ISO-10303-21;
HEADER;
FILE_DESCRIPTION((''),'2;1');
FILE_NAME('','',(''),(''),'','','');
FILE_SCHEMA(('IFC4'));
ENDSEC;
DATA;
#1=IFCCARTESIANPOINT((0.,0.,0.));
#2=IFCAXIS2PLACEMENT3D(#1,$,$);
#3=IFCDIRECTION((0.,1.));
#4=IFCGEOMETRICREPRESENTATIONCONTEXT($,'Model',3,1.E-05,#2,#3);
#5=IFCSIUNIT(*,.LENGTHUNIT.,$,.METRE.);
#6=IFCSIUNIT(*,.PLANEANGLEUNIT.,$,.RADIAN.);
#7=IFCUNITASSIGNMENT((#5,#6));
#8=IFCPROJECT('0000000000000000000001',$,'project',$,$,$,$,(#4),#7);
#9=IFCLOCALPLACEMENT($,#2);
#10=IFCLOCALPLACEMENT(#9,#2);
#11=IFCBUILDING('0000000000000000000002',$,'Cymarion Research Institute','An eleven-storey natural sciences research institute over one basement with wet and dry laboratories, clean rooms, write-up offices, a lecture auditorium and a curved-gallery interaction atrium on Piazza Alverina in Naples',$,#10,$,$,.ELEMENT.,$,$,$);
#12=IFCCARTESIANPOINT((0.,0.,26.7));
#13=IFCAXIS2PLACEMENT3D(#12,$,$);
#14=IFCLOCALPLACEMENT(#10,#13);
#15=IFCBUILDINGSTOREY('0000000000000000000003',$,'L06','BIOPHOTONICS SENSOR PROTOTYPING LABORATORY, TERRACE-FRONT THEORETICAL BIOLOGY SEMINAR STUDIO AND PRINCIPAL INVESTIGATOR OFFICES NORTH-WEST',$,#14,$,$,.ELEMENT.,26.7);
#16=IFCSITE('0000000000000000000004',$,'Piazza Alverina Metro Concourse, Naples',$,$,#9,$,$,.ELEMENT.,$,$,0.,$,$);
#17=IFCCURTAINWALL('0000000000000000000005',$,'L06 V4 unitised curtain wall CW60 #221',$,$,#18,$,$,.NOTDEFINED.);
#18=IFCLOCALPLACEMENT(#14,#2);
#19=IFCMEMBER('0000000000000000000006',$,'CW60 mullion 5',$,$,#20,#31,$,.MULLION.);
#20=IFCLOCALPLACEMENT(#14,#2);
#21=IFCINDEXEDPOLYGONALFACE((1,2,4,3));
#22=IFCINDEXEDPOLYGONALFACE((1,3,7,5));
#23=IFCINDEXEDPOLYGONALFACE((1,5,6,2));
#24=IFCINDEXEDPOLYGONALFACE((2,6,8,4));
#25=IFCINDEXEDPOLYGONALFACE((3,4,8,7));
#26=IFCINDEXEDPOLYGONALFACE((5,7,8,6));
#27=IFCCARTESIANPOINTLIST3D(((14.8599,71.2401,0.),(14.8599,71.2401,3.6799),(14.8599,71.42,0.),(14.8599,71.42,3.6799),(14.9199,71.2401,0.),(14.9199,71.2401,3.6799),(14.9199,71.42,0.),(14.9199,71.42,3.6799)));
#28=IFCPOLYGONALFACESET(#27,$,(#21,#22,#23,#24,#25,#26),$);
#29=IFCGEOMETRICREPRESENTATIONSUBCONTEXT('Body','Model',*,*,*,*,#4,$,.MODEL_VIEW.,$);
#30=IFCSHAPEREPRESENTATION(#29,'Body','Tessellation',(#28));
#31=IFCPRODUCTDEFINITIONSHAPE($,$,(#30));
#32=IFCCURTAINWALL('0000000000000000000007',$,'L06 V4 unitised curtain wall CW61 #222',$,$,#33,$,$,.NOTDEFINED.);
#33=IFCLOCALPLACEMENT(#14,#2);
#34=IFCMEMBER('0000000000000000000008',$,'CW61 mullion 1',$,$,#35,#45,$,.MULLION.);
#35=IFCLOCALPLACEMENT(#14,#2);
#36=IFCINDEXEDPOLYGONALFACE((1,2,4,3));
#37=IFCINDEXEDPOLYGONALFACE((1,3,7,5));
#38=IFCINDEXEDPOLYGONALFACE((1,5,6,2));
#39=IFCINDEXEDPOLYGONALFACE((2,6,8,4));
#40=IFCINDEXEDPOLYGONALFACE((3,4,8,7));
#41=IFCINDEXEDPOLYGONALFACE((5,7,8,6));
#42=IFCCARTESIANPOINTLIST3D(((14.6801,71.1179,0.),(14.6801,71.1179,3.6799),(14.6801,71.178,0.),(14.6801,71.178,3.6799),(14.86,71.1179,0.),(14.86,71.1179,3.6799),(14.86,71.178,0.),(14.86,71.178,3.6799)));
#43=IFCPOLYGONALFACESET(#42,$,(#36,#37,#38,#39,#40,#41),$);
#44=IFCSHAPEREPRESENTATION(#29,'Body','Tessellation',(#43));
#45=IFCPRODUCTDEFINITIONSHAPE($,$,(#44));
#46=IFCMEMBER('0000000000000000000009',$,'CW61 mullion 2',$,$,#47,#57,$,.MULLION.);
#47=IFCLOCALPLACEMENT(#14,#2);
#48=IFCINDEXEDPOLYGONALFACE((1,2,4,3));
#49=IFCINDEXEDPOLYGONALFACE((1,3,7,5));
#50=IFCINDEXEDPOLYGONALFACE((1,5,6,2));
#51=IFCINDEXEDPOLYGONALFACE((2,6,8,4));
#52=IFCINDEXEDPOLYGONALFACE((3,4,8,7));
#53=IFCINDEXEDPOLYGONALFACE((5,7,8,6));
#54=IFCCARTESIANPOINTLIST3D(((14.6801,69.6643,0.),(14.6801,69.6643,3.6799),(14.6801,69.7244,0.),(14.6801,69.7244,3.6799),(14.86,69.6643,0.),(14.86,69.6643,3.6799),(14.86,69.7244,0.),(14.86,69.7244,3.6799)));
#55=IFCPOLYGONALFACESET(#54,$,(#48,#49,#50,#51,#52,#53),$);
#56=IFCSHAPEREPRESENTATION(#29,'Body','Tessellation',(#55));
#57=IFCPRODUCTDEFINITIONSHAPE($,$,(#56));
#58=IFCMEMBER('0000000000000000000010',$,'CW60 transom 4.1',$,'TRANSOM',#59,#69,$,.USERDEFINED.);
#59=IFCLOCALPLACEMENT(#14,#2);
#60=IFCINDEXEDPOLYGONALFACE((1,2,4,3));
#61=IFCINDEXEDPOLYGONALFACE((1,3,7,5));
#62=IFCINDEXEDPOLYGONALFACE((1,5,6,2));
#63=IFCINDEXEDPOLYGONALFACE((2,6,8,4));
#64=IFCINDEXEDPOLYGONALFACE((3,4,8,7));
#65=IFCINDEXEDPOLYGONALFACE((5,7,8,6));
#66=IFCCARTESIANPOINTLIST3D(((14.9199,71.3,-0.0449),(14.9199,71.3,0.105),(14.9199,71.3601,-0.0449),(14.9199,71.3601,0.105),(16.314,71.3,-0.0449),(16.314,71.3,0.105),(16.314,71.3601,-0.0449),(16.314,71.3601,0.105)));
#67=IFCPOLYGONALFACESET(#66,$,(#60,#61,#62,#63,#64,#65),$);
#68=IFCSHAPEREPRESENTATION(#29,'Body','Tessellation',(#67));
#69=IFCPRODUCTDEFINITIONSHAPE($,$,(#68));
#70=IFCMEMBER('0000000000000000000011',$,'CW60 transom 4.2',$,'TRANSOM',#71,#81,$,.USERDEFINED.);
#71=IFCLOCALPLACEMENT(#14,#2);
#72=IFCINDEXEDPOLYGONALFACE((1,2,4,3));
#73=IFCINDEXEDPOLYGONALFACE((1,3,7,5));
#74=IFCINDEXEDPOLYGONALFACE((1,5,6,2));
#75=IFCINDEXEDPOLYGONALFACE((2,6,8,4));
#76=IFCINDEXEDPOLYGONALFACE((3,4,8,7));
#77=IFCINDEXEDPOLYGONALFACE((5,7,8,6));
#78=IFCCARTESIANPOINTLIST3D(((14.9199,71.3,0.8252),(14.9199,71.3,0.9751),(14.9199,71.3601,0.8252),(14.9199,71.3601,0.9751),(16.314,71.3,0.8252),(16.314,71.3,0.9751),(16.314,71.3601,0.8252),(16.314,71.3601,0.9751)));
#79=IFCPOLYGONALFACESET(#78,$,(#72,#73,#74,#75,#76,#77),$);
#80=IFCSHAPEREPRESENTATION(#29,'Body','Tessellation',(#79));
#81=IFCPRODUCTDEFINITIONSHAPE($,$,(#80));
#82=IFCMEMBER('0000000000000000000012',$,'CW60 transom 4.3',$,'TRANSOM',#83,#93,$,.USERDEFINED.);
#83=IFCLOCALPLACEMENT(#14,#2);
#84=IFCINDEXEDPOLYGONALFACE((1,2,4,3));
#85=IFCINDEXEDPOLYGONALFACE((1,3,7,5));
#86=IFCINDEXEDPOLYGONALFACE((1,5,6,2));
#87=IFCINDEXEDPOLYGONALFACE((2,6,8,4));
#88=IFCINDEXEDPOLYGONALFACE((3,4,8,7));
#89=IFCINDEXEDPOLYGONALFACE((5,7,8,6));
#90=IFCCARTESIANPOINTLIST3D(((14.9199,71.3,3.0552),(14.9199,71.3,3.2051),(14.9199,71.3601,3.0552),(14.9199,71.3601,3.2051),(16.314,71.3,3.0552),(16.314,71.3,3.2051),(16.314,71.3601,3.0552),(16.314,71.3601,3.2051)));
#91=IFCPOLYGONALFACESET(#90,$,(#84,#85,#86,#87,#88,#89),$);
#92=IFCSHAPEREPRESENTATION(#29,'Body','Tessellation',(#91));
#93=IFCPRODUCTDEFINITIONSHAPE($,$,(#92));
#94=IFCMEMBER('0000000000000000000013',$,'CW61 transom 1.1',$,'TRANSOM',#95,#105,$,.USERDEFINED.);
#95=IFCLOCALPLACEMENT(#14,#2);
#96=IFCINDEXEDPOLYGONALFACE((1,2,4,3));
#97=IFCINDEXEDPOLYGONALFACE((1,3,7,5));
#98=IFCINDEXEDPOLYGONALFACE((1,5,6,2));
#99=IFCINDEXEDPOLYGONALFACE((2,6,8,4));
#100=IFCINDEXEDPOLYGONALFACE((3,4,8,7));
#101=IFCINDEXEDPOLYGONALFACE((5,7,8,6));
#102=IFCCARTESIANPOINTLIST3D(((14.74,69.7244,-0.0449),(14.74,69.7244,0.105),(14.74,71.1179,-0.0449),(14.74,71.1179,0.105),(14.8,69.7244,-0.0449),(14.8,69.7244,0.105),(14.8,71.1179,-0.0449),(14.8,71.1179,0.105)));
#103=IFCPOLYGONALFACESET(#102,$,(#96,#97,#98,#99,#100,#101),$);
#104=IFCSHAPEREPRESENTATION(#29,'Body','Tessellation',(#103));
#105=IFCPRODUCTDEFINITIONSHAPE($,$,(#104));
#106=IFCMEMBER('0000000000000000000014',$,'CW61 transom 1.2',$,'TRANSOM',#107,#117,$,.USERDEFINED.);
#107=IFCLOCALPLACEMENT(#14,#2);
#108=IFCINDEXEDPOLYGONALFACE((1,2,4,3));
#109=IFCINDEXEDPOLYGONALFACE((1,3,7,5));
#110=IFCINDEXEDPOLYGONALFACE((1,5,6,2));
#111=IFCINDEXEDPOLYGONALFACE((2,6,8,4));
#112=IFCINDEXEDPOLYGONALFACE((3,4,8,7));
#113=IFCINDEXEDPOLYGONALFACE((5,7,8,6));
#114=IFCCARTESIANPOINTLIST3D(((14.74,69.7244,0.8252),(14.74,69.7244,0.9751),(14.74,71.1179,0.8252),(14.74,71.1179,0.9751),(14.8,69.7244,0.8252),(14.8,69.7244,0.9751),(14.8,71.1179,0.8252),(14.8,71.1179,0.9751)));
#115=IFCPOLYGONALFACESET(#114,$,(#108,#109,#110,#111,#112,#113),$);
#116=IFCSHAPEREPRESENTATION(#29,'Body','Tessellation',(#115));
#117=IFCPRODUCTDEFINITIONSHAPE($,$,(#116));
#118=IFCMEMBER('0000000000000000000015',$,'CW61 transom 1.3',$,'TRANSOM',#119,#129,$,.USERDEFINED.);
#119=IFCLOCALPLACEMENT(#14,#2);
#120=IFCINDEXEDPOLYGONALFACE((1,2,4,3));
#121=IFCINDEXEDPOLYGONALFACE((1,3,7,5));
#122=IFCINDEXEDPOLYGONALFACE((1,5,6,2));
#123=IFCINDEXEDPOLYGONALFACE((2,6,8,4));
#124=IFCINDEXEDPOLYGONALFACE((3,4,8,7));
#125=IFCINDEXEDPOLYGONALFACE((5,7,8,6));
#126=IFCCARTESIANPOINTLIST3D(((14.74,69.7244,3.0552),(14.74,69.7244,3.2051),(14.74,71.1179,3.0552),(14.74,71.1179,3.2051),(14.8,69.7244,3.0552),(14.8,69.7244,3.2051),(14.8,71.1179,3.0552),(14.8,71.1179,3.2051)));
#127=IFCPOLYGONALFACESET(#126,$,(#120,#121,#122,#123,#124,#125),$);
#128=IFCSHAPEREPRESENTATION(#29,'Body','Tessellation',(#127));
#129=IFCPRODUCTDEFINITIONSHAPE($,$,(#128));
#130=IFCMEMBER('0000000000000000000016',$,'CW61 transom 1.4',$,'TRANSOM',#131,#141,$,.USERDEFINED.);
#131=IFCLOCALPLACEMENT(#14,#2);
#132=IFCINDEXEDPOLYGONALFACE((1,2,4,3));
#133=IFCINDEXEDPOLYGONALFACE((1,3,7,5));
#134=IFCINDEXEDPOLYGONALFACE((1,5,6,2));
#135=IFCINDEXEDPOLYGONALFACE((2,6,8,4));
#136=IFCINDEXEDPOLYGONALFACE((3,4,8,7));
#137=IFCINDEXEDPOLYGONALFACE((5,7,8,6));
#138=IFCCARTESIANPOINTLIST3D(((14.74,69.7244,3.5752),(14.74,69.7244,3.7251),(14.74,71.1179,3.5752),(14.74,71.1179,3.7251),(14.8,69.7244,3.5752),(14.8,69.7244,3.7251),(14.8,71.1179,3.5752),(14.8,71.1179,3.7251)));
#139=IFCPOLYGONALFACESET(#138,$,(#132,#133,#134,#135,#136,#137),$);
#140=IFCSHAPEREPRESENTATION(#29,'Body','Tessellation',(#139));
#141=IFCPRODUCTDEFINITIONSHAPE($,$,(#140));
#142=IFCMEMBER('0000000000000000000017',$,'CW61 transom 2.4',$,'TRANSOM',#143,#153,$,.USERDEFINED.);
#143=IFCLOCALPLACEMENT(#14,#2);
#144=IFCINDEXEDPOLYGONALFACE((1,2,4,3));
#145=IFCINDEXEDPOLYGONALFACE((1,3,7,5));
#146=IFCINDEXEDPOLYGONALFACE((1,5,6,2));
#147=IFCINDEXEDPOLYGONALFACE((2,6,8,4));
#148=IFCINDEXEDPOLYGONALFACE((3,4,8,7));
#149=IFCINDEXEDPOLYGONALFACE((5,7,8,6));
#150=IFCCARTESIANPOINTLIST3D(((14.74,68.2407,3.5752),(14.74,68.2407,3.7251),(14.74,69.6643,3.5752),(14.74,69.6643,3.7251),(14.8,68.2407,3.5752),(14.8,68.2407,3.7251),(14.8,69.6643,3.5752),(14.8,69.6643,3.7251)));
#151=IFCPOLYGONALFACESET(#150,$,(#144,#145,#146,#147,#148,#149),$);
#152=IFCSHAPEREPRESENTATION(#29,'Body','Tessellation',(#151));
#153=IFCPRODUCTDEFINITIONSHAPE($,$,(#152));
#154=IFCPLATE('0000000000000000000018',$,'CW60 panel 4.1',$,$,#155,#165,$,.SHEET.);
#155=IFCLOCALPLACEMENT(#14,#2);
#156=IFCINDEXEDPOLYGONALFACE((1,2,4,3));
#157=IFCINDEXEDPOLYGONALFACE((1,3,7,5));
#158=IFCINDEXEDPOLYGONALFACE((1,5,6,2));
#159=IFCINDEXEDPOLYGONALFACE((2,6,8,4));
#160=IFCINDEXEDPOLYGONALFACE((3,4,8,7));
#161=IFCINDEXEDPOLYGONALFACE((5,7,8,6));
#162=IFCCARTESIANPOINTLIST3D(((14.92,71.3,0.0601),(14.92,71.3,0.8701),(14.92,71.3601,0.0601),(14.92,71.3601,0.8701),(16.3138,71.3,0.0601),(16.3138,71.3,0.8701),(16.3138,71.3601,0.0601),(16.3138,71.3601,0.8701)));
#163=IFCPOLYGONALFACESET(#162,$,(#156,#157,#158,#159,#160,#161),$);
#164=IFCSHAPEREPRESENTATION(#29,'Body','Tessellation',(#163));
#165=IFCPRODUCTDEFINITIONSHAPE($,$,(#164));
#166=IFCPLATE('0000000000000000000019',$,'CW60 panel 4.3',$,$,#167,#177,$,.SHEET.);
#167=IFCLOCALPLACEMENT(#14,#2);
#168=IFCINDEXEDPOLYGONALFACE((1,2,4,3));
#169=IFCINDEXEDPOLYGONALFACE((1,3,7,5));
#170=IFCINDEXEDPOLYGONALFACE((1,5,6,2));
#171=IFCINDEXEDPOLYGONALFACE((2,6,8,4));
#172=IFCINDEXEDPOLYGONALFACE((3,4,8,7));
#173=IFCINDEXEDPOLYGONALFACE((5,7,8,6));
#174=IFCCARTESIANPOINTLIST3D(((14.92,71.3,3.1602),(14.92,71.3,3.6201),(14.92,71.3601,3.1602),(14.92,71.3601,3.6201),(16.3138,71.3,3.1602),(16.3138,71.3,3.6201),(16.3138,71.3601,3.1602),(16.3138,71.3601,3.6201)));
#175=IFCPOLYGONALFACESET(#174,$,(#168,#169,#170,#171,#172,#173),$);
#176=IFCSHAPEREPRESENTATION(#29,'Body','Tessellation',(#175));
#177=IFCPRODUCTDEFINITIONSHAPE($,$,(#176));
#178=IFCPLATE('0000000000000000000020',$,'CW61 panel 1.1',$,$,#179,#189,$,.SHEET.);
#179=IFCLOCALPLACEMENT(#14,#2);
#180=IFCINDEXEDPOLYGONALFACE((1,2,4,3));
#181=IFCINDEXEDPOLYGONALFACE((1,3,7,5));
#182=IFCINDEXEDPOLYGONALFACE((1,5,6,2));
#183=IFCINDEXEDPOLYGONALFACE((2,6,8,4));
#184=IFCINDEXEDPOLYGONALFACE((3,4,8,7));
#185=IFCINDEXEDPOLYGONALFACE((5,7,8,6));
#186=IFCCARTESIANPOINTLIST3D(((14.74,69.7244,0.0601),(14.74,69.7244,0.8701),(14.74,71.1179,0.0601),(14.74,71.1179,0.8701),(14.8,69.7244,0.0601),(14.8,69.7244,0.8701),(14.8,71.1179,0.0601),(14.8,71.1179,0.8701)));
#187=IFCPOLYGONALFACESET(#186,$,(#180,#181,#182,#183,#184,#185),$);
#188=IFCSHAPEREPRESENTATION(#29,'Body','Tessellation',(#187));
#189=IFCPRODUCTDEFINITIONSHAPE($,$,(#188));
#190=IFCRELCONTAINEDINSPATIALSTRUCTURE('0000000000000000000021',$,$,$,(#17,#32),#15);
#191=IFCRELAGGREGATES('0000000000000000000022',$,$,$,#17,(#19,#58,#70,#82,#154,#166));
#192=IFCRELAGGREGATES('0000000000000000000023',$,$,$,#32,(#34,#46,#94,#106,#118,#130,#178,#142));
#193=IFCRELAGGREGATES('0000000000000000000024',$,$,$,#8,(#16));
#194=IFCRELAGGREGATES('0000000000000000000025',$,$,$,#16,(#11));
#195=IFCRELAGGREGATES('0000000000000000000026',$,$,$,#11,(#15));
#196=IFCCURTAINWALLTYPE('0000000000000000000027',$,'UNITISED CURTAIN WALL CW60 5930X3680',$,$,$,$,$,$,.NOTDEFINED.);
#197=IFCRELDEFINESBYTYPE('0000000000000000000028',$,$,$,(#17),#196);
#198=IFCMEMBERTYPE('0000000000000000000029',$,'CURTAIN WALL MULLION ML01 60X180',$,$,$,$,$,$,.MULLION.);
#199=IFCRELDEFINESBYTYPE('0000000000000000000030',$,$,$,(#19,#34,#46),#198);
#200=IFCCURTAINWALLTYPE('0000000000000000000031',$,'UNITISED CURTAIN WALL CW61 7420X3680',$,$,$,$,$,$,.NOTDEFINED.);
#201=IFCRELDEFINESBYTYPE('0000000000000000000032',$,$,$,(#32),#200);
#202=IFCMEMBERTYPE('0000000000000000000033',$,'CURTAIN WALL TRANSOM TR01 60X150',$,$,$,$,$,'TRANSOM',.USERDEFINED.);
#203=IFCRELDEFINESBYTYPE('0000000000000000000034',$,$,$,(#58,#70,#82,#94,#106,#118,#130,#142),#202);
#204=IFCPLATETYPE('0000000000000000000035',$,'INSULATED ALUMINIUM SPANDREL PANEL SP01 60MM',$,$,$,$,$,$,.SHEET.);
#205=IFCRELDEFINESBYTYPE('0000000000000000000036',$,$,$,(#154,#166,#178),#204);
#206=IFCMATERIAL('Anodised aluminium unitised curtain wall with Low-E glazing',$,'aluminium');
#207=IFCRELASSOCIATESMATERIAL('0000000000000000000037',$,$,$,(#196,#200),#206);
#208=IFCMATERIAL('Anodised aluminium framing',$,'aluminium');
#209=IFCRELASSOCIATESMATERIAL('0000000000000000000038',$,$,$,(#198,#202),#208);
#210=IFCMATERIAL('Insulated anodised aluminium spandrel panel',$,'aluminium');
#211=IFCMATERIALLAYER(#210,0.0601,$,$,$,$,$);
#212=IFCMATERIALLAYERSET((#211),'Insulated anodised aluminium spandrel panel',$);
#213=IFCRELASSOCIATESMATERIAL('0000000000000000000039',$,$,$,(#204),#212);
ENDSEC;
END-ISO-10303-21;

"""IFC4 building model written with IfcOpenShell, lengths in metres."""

from ifc_helpers import new_model, si_unit, direction, frame, origin, origin_2d, place, context, subcontext, project, spatial, rectangle, extrude, material, layer, layer_set, material_profile, profile_set, type_object, element, aggregate, save


model = new_model("IFC4")

# Units and contexts
model_context = context("Model", 3, precision=1e-05, world=origin(), true_north=direction((0.0, 1.0)))
body_context = subcontext(model_context, "Body", "Model", "MODEL_VIEW")
ifc_project = project(units=[si_unit("LENGTHUNIT", "METRE"), si_unit("PLANEANGLEUNIT", "RADIAN")], contexts=[model_context])

# Site, building, storey
site_placement = place(None, origin())
site = spatial("IfcSite", under=ifc_project, at=site_placement, Name="Piazza Alverina Metro Concourse, Naples", CompositionType="ELEMENT", RefElevation=0.0)
building_placement = place(site_placement, origin())
building = spatial("IfcBuilding", under=site, at=building_placement, Name="Cymarion Research Institute", Description="An eleven-storey natural sciences research institute over one basement with wet and dry laboratories, clean rooms, write-up offices, a lecture auditorium and a curved-gallery interaction atrium on Piazza Alverina in Naples", CompositionType="ELEMENT")
storey_placement = place(building_placement, frame((0.0, 0.0, 26.7)))
storey = spatial("IfcBuildingStorey", under=building, at=storey_placement, Name="L06", Description="BIOPHOTONICS SENSOR PROTOTYPING LABORATORY, TERRACE-FRONT THEORETICAL BIOLOGY SEMINAR STUDIO AND PRINCIPAL INVESTIGATOR OFFICES NORTH-WEST", CompositionType="ELEMENT", Elevation=26.7)

# Curtain wall, member
ifc_material_1 = material(Name="Anodised aluminium unitised curtain wall with Low-E glazing", Category="aluminium")
curtain_wall_type_1 = type_object("IfcCurtainWallType", Name="UNITISED CURTAIN WALL CW60 5930X3680", PredefinedType="NOTDEFINED", material=ifc_material_1)
curtain_wall_1_placement = place(storey_placement, origin())
curtain_wall_1 = element("IfcCurtainWall", 1, at=curtain_wall_1_placement, inside=storey, type_object=curtain_wall_type_1, Name="L06 V4 unitised curtain wall CW60 #221", PredefinedType="NOTDEFINED")
ifc_material_2 = material(Name="Anodised aluminium framing", Category="aluminium")
ifc_material_profile_1 = material_profile(ifc_material_2, rectangle(XDim=0.0601, YDim=0.1799, at=origin_2d()), Name="ALU MULLION 60x180")
ifc_profile_set_1 = profile_set([ifc_material_profile_1], Name="Anodised aluminium framing")
member_type_1 = type_object("IfcMemberType", Name="CURTAIN WALL MULLION ML01 60X180", PredefinedType="MULLION", material=ifc_profile_set_1)
member_1_placement = place(storey_placement, frame((14.8899, 71.3301, 0.0), z_axis=(0.0, 0.0, 1.0), x_axis=(-1.0, 0.0, 0.0)))
member_1 = element("IfcMember", 2, at=member_1_placement, type_object=member_type_1, Name="CW60 mullion 5", PredefinedType="MULLION", context=body_context, shape_type="SweptSolid", body=[
    extrude(rectangle(XDim=0.0601, YDim=0.1799, at=origin_2d()), origin(), (0.0, 0.0, 1.0), 3.6799),
])

# Curtain wall, members
curtain_wall_type_2 = type_object("IfcCurtainWallType", Name="UNITISED CURTAIN WALL CW61 7420X3680", PredefinedType="NOTDEFINED", material=ifc_material_1)
curtain_wall_2_placement = place(storey_placement, origin())
curtain_wall_2 = element("IfcCurtainWall", 3, at=curtain_wall_2_placement, inside=storey, type_object=curtain_wall_type_2, Name="L06 V4 unitised curtain wall CW61 #222", PredefinedType="NOTDEFINED")
member_2_placement = place(storey_placement, frame((14.77, 71.1479, 0.0), z_axis=(0.0, 0.0, 1.0), x_axis=(0.0, -1.0, 0.0)))
member_2 = element("IfcMember", 4, at=member_2_placement, type_object=member_type_1, Name="CW61 mullion 1", PredefinedType="MULLION", context=body_context, shape_type="SweptSolid", body=[
    extrude(rectangle(XDim=0.0601, YDim=0.1799, at=origin_2d()), origin(), (0.0, 0.0, 1.0), 3.6799),
])
member_3_placement = place(storey_placement, frame((14.77, 69.6943, 0.0), z_axis=(0.0, 0.0, 1.0), x_axis=(0.0, -1.0, 0.0)))
member_3 = element("IfcMember", 5, at=member_3_placement, type_object=member_type_1, Name="CW61 mullion 2", PredefinedType="MULLION", context=body_context, shape_type="SweptSolid", body=[
    extrude(rectangle(XDim=0.0601, YDim=0.1799, at=origin_2d()), origin(), (0.0, 0.0, 1.0), 3.6799),
])

# Members
ifc_material_profile_2 = material_profile(ifc_material_2, rectangle(XDim=0.0601, YDim=0.1499, at=origin_2d()), Name="ALU TRANSOM 60x150")
ifc_profile_set_2 = profile_set([ifc_material_profile_2], Name="Anodised aluminium framing")
member_type_2 = type_object("IfcMemberType", Name="CURTAIN WALL TRANSOM TR01 60X150", ElementType="TRANSOM", PredefinedType="USERDEFINED", material=ifc_profile_set_2)
member_4_placement = place(storey_placement, frame((16.314, 71.3301, 0.03), z_axis=(-1.0, 0.0, 0.0), x_axis=(0.0, -1.0, 0.0)))
member_4 = element("IfcMember", 6, at=member_4_placement, type_object=member_type_2, Name="CW60 transom 4.1", ObjectType="TRANSOM", PredefinedType="USERDEFINED", context=body_context, shape_type="SweptSolid", body=[
    extrude(rectangle(XDim=0.0601, YDim=0.1499, at=origin_2d()), origin(), (0.0, 0.0, 1.0), 1.394),
])
member_5_placement = place(storey_placement, frame((16.314, 71.3301, 0.9001), z_axis=(-1.0, 0.0, 0.0), x_axis=(0.0, -1.0, 0.0)))
member_5 = element("IfcMember", 7, at=member_5_placement, type_object=member_type_2, Name="CW60 transom 4.2", ObjectType="TRANSOM", PredefinedType="USERDEFINED", context=body_context, shape_type="SweptSolid", body=[
    extrude(rectangle(XDim=0.0601, YDim=0.1499, at=origin_2d()), origin(), (0.0, 0.0, 1.0), 1.394),
])
member_6_placement = place(storey_placement, frame((16.314, 71.3301, 3.1301), z_axis=(-1.0, 0.0, 0.0), x_axis=(0.0, -1.0, 0.0)))
member_6 = element("IfcMember", 8, at=member_6_placement, type_object=member_type_2, Name="CW60 transom 4.3", ObjectType="TRANSOM", PredefinedType="USERDEFINED", context=body_context, shape_type="SweptSolid", body=[
    extrude(rectangle(XDim=0.0601, YDim=0.1499, at=origin_2d()), origin(), (0.0, 0.0, 1.0), 1.394),
])
member_7_placement = place(storey_placement, frame((14.77, 71.1179, 0.03), z_axis=(0.0, -1.0, 0.0), x_axis=(1.0, 0.0, 0.0)))
member_7 = element("IfcMember", 9, at=member_7_placement, type_object=member_type_2, Name="CW61 transom 1.1", ObjectType="TRANSOM", PredefinedType="USERDEFINED", context=body_context, shape_type="SweptSolid", body=[
    extrude(rectangle(XDim=0.0601, YDim=0.1499, at=origin_2d()), origin(), (0.0, 0.0, 1.0), 1.3936),
])
member_8_placement = place(storey_placement, frame((14.77, 71.1179, 0.9001), z_axis=(0.0, -1.0, 0.0), x_axis=(1.0, 0.0, 0.0)))
member_8 = element("IfcMember", 10, at=member_8_placement, type_object=member_type_2, Name="CW61 transom 1.2", ObjectType="TRANSOM", PredefinedType="USERDEFINED", context=body_context, shape_type="SweptSolid", body=[
    extrude(rectangle(XDim=0.0601, YDim=0.1499, at=origin_2d()), origin(), (0.0, 0.0, 1.0), 1.3936),
])
member_9_placement = place(storey_placement, frame((14.77, 71.1179, 3.1301), z_axis=(0.0, -1.0, 0.0), x_axis=(1.0, 0.0, 0.0)))
member_9 = element("IfcMember", 11, at=member_9_placement, type_object=member_type_2, Name="CW61 transom 1.3", ObjectType="TRANSOM", PredefinedType="USERDEFINED", context=body_context, shape_type="SweptSolid", body=[
    extrude(rectangle(XDim=0.0601, YDim=0.1499, at=origin_2d()), origin(), (0.0, 0.0, 1.0), 1.3936),
])
member_10_placement = place(storey_placement, frame((14.77, 71.1179, 3.6501), z_axis=(0.0, -1.0, 0.0), x_axis=(1.0, 0.0, 0.0)))
member_10 = element("IfcMember", 12, at=member_10_placement, type_object=member_type_2, Name="CW61 transom 1.4", ObjectType="TRANSOM", PredefinedType="USERDEFINED", context=body_context, shape_type="SweptSolid", body=[
    extrude(rectangle(XDim=0.0601, YDim=0.1499, at=origin_2d()), origin(), (0.0, 0.0, 1.0), 1.3936),
])
member_11_placement = place(storey_placement, frame((14.77, 69.6643, 3.6501), z_axis=(0.0, -1.0, 0.0), x_axis=(1.0, 0.0, 0.0)))
member_11 = element("IfcMember", 13, at=member_11_placement, type_object=member_type_2, Name="CW61 transom 2.4", ObjectType="TRANSOM", PredefinedType="USERDEFINED", context=body_context, shape_type="SweptSolid", body=[
    extrude(rectangle(XDim=0.0601, YDim=0.1499, at=origin_2d()), origin(), (0.0, 0.0, 1.0), 1.4236),
])

# Plates
ifc_material_3 = material(Name="Insulated anodised aluminium spandrel panel", Category="aluminium")
ifc_layer_1 = layer(ifc_material_3, 0.0601)
ifc_layer_set_1 = layer_set([ifc_layer_1], Name="Insulated anodised aluminium spandrel panel")
plate_type_1 = type_object("IfcPlateType", Name="INSULATED ALUMINIUM SPANDREL PANEL SP01 60MM", PredefinedType="SHEET", material=ifc_layer_set_1)
plate_1_placement = place(storey_placement, frame((15.6169, 71.3301, 0.0601), z_axis=(0.0, 0.0, 1.0), x_axis=(-1.0, 0.0, 0.0)))
plate_1 = element("IfcPlate", 14, at=plate_1_placement, type_object=plate_type_1, Name="CW60 panel 4.1", PredefinedType="SHEET", context=body_context, shape_type="SweptSolid", body=[
    extrude(rectangle(XDim=1.3938, YDim=0.0601, at=origin_2d()), origin(), (0.0, 0.0, 1.0), 0.8101),
])
plate_2_placement = place(storey_placement, frame((15.6169, 71.3301, 3.1602), z_axis=(0.0, 0.0, 1.0), x_axis=(-1.0, 0.0, 0.0)))
plate_2 = element("IfcPlate", 15, at=plate_2_placement, type_object=plate_type_1, Name="CW60 panel 4.3", PredefinedType="SHEET", context=body_context, shape_type="SweptSolid", body=[
    extrude(rectangle(XDim=1.3938, YDim=0.0601, at=origin_2d()), origin(), (0.0, 0.0, 1.0), 0.46),
])
plate_3_placement = place(storey_placement, frame((14.77, 70.4211, 0.0601), z_axis=(0.0, 0.0, 1.0), x_axis=(0.0, -1.0, 0.0)))
plate_3 = element("IfcPlate", 16, at=plate_3_placement, type_object=plate_type_1, Name="CW61 panel 1.1", PredefinedType="SHEET", context=body_context, shape_type="SweptSolid", body=[
    extrude(rectangle(XDim=1.3936, YDim=0.0601, at=origin_2d()), origin(), (0.0, 0.0, 1.0), 0.8101),
])
aggregate(curtain_wall_1, [member_1, member_4, member_5, member_6, plate_1, plate_2])
aggregate(curtain_wall_2, [member_2, member_3, member_7, member_8, member_9, member_10, plate_3, member_11])

save(model, "model.ifc")
